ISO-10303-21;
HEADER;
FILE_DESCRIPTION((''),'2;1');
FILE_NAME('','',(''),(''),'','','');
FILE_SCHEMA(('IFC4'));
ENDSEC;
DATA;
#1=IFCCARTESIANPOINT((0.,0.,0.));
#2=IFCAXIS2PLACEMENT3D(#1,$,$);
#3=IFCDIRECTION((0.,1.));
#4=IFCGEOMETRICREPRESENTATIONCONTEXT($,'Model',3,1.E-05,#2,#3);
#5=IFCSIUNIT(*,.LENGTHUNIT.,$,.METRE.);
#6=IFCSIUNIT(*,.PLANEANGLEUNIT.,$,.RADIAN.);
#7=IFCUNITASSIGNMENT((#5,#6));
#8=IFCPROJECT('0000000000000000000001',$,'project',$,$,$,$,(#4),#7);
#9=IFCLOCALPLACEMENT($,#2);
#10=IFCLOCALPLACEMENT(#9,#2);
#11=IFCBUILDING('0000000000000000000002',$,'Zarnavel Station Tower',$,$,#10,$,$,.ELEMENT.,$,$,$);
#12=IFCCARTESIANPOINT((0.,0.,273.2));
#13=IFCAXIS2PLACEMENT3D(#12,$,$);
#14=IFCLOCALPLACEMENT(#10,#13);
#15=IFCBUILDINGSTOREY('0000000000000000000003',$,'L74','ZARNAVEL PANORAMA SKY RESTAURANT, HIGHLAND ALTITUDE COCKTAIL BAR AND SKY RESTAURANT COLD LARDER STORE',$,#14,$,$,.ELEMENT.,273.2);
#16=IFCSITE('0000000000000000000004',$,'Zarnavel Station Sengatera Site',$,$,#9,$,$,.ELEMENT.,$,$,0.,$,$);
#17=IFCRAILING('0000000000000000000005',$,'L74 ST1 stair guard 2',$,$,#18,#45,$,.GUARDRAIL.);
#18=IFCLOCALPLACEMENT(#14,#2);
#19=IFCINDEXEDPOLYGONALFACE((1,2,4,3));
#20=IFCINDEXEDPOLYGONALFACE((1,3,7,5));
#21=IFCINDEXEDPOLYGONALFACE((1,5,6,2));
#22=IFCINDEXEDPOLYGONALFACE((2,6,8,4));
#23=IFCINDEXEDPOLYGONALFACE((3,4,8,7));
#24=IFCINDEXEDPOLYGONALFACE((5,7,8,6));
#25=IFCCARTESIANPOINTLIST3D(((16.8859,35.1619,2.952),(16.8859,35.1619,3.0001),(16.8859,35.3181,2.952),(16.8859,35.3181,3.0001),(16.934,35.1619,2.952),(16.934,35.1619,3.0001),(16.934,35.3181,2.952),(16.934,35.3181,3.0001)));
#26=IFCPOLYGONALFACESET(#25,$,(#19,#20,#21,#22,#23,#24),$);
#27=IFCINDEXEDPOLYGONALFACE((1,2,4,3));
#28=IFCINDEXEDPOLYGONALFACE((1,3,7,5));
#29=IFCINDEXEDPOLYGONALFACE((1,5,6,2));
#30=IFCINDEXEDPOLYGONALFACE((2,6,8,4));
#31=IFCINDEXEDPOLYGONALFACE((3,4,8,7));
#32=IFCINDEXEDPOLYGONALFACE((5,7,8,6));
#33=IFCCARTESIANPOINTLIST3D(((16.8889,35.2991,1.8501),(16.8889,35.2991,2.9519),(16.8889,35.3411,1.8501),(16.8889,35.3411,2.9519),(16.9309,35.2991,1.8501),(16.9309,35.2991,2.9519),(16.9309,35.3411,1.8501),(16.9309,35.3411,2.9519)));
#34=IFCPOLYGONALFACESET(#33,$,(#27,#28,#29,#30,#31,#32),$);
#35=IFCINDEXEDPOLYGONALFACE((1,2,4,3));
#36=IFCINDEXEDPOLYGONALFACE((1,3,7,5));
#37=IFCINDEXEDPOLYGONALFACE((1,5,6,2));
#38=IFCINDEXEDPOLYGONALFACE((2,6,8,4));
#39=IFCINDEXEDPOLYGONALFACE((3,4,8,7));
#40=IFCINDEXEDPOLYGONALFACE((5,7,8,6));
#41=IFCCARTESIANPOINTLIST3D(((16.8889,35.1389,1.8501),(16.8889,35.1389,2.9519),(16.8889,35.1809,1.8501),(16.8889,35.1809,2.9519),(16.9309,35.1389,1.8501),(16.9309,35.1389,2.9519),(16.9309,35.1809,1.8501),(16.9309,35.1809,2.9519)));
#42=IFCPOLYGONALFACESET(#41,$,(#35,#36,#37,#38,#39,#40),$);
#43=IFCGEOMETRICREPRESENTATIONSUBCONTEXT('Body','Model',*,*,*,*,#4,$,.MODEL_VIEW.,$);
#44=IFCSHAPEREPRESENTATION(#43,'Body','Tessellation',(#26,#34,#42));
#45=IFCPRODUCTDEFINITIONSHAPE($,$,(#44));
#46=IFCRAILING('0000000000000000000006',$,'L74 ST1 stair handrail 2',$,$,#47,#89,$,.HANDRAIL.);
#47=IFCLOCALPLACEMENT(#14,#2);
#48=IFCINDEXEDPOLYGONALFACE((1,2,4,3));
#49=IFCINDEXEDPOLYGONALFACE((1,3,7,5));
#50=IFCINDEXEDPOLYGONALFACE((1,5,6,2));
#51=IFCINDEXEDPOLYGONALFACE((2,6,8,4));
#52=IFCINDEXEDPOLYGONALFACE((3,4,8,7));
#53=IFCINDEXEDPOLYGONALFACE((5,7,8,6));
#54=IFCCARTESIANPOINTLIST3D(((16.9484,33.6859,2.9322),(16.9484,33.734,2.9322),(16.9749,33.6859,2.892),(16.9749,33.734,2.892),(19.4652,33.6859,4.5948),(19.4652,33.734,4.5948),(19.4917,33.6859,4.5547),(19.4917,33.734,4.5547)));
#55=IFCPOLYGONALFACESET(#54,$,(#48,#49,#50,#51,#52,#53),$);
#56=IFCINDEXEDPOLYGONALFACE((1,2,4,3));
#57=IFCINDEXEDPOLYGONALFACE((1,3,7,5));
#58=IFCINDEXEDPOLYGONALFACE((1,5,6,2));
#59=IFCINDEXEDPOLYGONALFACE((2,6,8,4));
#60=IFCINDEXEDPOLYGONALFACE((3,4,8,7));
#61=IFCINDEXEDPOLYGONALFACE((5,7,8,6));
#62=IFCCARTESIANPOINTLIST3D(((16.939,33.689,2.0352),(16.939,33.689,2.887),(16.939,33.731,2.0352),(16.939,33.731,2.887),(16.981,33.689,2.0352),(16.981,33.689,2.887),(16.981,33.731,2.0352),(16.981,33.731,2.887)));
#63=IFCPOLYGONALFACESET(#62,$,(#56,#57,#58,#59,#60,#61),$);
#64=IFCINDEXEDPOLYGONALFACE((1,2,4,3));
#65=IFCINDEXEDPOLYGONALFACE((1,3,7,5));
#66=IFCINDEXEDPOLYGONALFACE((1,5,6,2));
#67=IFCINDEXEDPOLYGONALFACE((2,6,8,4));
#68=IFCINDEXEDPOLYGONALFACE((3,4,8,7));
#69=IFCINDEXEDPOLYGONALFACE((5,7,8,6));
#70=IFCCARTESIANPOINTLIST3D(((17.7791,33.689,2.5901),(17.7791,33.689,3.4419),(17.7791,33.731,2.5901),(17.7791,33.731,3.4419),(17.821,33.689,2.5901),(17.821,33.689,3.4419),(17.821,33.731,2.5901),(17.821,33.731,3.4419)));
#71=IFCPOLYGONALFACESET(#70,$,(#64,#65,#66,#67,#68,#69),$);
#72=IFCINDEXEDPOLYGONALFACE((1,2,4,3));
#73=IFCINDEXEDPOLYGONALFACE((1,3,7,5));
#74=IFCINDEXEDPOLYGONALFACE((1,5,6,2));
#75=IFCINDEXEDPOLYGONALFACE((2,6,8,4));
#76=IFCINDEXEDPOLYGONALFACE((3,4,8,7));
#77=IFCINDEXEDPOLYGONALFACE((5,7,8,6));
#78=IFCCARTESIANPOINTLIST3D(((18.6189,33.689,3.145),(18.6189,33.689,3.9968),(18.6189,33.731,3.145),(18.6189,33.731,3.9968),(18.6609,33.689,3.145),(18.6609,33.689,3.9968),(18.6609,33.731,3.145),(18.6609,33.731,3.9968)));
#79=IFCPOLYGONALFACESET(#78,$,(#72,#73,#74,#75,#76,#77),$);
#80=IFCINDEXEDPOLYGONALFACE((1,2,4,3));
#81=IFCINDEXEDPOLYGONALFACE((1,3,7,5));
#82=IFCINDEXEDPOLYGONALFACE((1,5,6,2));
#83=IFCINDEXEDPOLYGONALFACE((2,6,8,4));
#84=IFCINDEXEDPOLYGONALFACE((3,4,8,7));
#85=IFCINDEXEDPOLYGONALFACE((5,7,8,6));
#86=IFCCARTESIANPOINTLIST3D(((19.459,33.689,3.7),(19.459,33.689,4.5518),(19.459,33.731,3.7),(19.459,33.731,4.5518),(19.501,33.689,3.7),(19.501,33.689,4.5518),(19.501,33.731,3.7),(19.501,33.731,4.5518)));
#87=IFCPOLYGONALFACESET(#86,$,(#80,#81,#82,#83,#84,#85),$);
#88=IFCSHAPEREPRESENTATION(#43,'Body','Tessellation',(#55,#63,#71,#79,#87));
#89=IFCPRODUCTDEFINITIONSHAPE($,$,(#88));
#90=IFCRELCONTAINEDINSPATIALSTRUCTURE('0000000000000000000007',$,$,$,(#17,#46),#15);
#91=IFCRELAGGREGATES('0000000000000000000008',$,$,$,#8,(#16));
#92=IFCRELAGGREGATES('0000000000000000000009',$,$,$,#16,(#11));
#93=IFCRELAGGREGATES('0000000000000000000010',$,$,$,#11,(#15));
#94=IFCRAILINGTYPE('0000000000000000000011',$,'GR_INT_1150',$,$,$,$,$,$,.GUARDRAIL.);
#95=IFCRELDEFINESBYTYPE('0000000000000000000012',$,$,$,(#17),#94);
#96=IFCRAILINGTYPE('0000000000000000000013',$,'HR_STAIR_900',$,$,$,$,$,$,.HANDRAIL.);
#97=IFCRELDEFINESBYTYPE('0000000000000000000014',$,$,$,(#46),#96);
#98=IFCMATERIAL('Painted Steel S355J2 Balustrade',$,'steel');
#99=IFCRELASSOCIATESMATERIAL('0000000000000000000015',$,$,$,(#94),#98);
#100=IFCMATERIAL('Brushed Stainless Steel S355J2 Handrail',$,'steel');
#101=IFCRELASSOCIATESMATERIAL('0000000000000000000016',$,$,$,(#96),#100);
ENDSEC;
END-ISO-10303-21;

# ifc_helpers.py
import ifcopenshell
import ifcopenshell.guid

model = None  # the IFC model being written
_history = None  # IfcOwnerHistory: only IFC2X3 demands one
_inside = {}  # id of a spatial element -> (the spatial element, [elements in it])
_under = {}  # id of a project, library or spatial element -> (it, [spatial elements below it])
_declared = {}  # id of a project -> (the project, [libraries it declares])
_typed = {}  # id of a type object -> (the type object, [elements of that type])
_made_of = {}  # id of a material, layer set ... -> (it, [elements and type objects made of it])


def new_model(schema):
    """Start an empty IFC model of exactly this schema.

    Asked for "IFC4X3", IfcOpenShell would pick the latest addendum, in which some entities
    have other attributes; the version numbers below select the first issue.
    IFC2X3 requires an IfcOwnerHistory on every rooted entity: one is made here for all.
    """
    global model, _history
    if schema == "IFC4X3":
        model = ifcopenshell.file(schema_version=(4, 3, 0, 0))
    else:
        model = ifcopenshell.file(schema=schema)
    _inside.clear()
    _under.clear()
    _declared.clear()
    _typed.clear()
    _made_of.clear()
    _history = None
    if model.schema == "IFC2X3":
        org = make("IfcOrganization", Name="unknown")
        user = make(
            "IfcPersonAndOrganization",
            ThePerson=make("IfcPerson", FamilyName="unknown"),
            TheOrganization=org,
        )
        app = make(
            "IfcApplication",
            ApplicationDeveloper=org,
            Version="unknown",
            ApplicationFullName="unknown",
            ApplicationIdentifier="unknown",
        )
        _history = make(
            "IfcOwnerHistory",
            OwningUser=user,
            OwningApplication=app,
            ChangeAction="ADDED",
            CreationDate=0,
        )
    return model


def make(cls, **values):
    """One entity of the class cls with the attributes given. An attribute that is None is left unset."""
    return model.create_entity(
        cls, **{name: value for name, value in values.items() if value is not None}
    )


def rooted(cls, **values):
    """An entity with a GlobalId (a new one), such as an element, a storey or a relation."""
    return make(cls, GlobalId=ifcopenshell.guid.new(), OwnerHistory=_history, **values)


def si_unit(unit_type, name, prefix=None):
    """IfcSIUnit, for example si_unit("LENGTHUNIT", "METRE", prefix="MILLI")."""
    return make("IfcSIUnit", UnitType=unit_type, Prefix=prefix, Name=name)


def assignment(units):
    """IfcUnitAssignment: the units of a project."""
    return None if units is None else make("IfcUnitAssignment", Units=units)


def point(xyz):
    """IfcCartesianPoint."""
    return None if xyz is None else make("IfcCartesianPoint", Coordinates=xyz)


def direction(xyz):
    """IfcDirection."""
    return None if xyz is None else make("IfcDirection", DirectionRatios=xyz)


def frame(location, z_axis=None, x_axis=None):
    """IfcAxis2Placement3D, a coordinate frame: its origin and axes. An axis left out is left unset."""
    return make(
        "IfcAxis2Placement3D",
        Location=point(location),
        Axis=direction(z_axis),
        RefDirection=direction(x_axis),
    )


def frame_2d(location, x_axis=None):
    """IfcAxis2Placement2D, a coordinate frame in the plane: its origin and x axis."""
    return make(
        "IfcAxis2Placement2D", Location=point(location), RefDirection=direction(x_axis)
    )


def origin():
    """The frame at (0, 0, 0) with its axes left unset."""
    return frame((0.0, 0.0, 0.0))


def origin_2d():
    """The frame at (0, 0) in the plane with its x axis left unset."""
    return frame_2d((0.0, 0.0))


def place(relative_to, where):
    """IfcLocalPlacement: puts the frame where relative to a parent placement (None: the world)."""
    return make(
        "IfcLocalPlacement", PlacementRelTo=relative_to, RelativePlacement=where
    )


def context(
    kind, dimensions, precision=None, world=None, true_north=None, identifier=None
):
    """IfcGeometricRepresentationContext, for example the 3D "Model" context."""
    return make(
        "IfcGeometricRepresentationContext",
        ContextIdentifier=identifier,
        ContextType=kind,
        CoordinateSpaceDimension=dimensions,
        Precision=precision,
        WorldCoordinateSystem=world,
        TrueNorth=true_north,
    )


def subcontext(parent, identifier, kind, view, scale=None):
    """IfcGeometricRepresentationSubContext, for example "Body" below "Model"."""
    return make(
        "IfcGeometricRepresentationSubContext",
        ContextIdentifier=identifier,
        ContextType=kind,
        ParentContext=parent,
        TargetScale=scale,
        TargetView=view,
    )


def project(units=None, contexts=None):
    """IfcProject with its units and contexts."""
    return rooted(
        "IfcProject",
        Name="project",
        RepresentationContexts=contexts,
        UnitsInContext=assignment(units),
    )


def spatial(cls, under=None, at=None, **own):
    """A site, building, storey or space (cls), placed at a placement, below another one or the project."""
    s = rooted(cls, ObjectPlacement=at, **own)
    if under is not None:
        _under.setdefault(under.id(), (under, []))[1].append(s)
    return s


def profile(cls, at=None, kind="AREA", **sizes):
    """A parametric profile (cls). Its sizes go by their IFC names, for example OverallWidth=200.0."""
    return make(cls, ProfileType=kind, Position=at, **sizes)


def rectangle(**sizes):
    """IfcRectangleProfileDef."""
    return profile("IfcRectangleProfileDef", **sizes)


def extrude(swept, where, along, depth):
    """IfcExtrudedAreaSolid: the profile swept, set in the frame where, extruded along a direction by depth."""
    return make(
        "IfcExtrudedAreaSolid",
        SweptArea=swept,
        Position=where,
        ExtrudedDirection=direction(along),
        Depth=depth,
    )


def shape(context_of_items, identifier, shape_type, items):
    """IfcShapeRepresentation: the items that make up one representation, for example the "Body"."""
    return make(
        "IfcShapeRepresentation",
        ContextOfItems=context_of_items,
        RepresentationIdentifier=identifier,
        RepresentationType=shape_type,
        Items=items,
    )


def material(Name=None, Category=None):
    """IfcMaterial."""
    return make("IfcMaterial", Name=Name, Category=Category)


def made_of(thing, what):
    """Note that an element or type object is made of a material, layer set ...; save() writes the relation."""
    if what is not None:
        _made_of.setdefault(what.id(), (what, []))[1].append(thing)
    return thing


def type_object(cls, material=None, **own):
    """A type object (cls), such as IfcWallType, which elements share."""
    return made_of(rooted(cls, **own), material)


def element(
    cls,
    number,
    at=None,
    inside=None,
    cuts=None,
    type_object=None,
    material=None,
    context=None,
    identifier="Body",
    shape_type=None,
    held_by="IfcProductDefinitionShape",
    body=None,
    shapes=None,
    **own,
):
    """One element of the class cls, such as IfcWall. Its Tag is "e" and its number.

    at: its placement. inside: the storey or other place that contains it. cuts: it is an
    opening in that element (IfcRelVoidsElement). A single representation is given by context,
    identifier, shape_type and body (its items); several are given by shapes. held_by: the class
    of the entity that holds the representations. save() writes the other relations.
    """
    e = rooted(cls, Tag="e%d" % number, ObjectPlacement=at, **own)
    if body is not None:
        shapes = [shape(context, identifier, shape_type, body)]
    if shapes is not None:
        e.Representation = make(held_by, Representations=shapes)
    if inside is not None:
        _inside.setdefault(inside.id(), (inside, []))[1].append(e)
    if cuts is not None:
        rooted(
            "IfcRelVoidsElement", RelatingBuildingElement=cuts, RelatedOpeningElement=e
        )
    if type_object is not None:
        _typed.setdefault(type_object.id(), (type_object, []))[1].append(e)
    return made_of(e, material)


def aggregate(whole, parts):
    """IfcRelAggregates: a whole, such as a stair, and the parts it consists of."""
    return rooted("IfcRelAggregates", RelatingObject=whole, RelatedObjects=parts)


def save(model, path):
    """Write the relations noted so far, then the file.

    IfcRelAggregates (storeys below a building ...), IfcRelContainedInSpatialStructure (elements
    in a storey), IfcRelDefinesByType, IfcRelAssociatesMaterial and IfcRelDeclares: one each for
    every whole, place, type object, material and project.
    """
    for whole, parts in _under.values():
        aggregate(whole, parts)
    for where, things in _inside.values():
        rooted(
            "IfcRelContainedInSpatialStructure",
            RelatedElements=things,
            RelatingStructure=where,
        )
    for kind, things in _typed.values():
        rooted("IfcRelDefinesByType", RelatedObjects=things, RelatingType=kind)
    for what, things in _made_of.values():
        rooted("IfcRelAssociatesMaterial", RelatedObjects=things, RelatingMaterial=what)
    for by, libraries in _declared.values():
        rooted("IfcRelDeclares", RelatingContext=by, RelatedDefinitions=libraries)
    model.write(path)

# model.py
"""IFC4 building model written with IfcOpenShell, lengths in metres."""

from ifc_helpers import new_model, si_unit, direction, frame, origin, origin_2d, place, context, subcontext, project, spatial, rectangle, extrude, material, type_object, element, save


model = new_model("IFC4")

# Units and contexts
model_context = context("Model", 3, precision=1e-05, world=origin(), true_north=direction((0.0, 1.0)))
body_context = subcontext(model_context, "Body", "Model", "MODEL_VIEW")
ifc_project = project(units=[si_unit("LENGTHUNIT", "METRE"), si_unit("PLANEANGLEUNIT", "RADIAN")], contexts=[model_context])

# Site, building, storey
site_placement = place(None, origin())
site = spatial("IfcSite", under=ifc_project, at=site_placement, Name="Zarnavel Station Sengatera Site", CompositionType="ELEMENT", RefElevation=0.0)
building_placement = place(site_placement, origin())
building = spatial("IfcBuilding", under=site, at=building_placement, Name="Zarnavel Station Tower", CompositionType="ELEMENT")
storey_placement = place(building_placement, frame((0.0, 0.0, 273.2)))
storey = spatial("IfcBuildingStorey", under=building, at=storey_placement, Name="L74", Description="ZARNAVEL PANORAMA SKY RESTAURANT, HIGHLAND ALTITUDE COCKTAIL BAR AND SKY RESTAURANT COLD LARDER STORE", CompositionType="ELEMENT", Elevation=273.2)

# Railings
ifc_material_1 = material(Name="Painted Steel S355J2 Balustrade", Category="steel")
railing_type_1 = type_object("IfcRailingType", Name="GR_INT_1150", PredefinedType="GUARDRAIL", material=ifc_material_1)
railing_1_placement = place(storey_placement, frame((16.9099, 35.3201, 1.8501)))
element("IfcRailing", 1, at=railing_1_placement, inside=storey, type_object=railing_type_1, Name="L74 ST1 stair guard 2", PredefinedType="GUARDRAIL", context=body_context, shape_type="SweptSolid", body=[
    extrude(rectangle(XDim=0.0481, YDim=0.0481, at=origin_2d()), frame((0.0, -0.002, 1.126), z_axis=(0.0, -1.0, 0.0), x_axis=(1.0, 0.0, 0.0)), (0.0, 0.0, 1.0), 0.1562),
    extrude(rectangle(XDim=0.042, YDim=0.042, at=origin_2d()), origin(), (0.0, 0.0, 1.0), 1.1018),
    extrude(rectangle(XDim=0.042, YDim=0.042, at=origin_2d()), frame((0.0, -0.1602, 0.0)), (0.0, 0.0, 1.0), 1.1018),
])
ifc_material_2 = material(Name="Brushed Stainless Steel S355J2 Handrail", Category="steel")
railing_type_2 = type_object("IfcRailingType", Name="HR_STAIR_900", PredefinedType="HANDRAIL", material=ifc_material_2)
railing_2_placement = place(storey_placement, frame((16.96, 33.71, 2.0352)))
element("IfcRailing", 2, at=railing_2_placement, inside=storey, type_object=railing_type_2, Name="L74 ST1 stair handrail 2", PredefinedType="HANDRAIL", context=body_context, shape_type="SweptSolid", body=[
    extrude(rectangle(XDim=0.0481, YDim=0.0481, at=origin_2d()), frame((0.0017, 0.0, 0.877), z_axis=(0.834369, 0.0, 0.551207), x_axis=(0.0, 1.0, 0.0)), (0.0, 0.0, 1.0), 3.0164),
    extrude(rectangle(XDim=0.042, YDim=0.042, at=origin_2d()), origin(), (0.0, 0.0, 1.0), 0.8518),
    extrude(rectangle(XDim=0.042, YDim=0.042, at=origin_2d()), frame((0.8401, 0.0, 0.5549)), (0.0, 0.0, 1.0), 0.8518),
    extrude(rectangle(XDim=0.042, YDim=0.042, at=origin_2d()), frame((1.6799, 0.0, 1.1099)), (0.0, 0.0, 1.0), 0.8518),
    extrude(rectangle(XDim=0.042, YDim=0.042, at=origin_2d()), frame((2.52, 0.0, 1.6648)), (0.0, 0.0, 1.0), 0.8518),
])

save(model, "model.ifc")
